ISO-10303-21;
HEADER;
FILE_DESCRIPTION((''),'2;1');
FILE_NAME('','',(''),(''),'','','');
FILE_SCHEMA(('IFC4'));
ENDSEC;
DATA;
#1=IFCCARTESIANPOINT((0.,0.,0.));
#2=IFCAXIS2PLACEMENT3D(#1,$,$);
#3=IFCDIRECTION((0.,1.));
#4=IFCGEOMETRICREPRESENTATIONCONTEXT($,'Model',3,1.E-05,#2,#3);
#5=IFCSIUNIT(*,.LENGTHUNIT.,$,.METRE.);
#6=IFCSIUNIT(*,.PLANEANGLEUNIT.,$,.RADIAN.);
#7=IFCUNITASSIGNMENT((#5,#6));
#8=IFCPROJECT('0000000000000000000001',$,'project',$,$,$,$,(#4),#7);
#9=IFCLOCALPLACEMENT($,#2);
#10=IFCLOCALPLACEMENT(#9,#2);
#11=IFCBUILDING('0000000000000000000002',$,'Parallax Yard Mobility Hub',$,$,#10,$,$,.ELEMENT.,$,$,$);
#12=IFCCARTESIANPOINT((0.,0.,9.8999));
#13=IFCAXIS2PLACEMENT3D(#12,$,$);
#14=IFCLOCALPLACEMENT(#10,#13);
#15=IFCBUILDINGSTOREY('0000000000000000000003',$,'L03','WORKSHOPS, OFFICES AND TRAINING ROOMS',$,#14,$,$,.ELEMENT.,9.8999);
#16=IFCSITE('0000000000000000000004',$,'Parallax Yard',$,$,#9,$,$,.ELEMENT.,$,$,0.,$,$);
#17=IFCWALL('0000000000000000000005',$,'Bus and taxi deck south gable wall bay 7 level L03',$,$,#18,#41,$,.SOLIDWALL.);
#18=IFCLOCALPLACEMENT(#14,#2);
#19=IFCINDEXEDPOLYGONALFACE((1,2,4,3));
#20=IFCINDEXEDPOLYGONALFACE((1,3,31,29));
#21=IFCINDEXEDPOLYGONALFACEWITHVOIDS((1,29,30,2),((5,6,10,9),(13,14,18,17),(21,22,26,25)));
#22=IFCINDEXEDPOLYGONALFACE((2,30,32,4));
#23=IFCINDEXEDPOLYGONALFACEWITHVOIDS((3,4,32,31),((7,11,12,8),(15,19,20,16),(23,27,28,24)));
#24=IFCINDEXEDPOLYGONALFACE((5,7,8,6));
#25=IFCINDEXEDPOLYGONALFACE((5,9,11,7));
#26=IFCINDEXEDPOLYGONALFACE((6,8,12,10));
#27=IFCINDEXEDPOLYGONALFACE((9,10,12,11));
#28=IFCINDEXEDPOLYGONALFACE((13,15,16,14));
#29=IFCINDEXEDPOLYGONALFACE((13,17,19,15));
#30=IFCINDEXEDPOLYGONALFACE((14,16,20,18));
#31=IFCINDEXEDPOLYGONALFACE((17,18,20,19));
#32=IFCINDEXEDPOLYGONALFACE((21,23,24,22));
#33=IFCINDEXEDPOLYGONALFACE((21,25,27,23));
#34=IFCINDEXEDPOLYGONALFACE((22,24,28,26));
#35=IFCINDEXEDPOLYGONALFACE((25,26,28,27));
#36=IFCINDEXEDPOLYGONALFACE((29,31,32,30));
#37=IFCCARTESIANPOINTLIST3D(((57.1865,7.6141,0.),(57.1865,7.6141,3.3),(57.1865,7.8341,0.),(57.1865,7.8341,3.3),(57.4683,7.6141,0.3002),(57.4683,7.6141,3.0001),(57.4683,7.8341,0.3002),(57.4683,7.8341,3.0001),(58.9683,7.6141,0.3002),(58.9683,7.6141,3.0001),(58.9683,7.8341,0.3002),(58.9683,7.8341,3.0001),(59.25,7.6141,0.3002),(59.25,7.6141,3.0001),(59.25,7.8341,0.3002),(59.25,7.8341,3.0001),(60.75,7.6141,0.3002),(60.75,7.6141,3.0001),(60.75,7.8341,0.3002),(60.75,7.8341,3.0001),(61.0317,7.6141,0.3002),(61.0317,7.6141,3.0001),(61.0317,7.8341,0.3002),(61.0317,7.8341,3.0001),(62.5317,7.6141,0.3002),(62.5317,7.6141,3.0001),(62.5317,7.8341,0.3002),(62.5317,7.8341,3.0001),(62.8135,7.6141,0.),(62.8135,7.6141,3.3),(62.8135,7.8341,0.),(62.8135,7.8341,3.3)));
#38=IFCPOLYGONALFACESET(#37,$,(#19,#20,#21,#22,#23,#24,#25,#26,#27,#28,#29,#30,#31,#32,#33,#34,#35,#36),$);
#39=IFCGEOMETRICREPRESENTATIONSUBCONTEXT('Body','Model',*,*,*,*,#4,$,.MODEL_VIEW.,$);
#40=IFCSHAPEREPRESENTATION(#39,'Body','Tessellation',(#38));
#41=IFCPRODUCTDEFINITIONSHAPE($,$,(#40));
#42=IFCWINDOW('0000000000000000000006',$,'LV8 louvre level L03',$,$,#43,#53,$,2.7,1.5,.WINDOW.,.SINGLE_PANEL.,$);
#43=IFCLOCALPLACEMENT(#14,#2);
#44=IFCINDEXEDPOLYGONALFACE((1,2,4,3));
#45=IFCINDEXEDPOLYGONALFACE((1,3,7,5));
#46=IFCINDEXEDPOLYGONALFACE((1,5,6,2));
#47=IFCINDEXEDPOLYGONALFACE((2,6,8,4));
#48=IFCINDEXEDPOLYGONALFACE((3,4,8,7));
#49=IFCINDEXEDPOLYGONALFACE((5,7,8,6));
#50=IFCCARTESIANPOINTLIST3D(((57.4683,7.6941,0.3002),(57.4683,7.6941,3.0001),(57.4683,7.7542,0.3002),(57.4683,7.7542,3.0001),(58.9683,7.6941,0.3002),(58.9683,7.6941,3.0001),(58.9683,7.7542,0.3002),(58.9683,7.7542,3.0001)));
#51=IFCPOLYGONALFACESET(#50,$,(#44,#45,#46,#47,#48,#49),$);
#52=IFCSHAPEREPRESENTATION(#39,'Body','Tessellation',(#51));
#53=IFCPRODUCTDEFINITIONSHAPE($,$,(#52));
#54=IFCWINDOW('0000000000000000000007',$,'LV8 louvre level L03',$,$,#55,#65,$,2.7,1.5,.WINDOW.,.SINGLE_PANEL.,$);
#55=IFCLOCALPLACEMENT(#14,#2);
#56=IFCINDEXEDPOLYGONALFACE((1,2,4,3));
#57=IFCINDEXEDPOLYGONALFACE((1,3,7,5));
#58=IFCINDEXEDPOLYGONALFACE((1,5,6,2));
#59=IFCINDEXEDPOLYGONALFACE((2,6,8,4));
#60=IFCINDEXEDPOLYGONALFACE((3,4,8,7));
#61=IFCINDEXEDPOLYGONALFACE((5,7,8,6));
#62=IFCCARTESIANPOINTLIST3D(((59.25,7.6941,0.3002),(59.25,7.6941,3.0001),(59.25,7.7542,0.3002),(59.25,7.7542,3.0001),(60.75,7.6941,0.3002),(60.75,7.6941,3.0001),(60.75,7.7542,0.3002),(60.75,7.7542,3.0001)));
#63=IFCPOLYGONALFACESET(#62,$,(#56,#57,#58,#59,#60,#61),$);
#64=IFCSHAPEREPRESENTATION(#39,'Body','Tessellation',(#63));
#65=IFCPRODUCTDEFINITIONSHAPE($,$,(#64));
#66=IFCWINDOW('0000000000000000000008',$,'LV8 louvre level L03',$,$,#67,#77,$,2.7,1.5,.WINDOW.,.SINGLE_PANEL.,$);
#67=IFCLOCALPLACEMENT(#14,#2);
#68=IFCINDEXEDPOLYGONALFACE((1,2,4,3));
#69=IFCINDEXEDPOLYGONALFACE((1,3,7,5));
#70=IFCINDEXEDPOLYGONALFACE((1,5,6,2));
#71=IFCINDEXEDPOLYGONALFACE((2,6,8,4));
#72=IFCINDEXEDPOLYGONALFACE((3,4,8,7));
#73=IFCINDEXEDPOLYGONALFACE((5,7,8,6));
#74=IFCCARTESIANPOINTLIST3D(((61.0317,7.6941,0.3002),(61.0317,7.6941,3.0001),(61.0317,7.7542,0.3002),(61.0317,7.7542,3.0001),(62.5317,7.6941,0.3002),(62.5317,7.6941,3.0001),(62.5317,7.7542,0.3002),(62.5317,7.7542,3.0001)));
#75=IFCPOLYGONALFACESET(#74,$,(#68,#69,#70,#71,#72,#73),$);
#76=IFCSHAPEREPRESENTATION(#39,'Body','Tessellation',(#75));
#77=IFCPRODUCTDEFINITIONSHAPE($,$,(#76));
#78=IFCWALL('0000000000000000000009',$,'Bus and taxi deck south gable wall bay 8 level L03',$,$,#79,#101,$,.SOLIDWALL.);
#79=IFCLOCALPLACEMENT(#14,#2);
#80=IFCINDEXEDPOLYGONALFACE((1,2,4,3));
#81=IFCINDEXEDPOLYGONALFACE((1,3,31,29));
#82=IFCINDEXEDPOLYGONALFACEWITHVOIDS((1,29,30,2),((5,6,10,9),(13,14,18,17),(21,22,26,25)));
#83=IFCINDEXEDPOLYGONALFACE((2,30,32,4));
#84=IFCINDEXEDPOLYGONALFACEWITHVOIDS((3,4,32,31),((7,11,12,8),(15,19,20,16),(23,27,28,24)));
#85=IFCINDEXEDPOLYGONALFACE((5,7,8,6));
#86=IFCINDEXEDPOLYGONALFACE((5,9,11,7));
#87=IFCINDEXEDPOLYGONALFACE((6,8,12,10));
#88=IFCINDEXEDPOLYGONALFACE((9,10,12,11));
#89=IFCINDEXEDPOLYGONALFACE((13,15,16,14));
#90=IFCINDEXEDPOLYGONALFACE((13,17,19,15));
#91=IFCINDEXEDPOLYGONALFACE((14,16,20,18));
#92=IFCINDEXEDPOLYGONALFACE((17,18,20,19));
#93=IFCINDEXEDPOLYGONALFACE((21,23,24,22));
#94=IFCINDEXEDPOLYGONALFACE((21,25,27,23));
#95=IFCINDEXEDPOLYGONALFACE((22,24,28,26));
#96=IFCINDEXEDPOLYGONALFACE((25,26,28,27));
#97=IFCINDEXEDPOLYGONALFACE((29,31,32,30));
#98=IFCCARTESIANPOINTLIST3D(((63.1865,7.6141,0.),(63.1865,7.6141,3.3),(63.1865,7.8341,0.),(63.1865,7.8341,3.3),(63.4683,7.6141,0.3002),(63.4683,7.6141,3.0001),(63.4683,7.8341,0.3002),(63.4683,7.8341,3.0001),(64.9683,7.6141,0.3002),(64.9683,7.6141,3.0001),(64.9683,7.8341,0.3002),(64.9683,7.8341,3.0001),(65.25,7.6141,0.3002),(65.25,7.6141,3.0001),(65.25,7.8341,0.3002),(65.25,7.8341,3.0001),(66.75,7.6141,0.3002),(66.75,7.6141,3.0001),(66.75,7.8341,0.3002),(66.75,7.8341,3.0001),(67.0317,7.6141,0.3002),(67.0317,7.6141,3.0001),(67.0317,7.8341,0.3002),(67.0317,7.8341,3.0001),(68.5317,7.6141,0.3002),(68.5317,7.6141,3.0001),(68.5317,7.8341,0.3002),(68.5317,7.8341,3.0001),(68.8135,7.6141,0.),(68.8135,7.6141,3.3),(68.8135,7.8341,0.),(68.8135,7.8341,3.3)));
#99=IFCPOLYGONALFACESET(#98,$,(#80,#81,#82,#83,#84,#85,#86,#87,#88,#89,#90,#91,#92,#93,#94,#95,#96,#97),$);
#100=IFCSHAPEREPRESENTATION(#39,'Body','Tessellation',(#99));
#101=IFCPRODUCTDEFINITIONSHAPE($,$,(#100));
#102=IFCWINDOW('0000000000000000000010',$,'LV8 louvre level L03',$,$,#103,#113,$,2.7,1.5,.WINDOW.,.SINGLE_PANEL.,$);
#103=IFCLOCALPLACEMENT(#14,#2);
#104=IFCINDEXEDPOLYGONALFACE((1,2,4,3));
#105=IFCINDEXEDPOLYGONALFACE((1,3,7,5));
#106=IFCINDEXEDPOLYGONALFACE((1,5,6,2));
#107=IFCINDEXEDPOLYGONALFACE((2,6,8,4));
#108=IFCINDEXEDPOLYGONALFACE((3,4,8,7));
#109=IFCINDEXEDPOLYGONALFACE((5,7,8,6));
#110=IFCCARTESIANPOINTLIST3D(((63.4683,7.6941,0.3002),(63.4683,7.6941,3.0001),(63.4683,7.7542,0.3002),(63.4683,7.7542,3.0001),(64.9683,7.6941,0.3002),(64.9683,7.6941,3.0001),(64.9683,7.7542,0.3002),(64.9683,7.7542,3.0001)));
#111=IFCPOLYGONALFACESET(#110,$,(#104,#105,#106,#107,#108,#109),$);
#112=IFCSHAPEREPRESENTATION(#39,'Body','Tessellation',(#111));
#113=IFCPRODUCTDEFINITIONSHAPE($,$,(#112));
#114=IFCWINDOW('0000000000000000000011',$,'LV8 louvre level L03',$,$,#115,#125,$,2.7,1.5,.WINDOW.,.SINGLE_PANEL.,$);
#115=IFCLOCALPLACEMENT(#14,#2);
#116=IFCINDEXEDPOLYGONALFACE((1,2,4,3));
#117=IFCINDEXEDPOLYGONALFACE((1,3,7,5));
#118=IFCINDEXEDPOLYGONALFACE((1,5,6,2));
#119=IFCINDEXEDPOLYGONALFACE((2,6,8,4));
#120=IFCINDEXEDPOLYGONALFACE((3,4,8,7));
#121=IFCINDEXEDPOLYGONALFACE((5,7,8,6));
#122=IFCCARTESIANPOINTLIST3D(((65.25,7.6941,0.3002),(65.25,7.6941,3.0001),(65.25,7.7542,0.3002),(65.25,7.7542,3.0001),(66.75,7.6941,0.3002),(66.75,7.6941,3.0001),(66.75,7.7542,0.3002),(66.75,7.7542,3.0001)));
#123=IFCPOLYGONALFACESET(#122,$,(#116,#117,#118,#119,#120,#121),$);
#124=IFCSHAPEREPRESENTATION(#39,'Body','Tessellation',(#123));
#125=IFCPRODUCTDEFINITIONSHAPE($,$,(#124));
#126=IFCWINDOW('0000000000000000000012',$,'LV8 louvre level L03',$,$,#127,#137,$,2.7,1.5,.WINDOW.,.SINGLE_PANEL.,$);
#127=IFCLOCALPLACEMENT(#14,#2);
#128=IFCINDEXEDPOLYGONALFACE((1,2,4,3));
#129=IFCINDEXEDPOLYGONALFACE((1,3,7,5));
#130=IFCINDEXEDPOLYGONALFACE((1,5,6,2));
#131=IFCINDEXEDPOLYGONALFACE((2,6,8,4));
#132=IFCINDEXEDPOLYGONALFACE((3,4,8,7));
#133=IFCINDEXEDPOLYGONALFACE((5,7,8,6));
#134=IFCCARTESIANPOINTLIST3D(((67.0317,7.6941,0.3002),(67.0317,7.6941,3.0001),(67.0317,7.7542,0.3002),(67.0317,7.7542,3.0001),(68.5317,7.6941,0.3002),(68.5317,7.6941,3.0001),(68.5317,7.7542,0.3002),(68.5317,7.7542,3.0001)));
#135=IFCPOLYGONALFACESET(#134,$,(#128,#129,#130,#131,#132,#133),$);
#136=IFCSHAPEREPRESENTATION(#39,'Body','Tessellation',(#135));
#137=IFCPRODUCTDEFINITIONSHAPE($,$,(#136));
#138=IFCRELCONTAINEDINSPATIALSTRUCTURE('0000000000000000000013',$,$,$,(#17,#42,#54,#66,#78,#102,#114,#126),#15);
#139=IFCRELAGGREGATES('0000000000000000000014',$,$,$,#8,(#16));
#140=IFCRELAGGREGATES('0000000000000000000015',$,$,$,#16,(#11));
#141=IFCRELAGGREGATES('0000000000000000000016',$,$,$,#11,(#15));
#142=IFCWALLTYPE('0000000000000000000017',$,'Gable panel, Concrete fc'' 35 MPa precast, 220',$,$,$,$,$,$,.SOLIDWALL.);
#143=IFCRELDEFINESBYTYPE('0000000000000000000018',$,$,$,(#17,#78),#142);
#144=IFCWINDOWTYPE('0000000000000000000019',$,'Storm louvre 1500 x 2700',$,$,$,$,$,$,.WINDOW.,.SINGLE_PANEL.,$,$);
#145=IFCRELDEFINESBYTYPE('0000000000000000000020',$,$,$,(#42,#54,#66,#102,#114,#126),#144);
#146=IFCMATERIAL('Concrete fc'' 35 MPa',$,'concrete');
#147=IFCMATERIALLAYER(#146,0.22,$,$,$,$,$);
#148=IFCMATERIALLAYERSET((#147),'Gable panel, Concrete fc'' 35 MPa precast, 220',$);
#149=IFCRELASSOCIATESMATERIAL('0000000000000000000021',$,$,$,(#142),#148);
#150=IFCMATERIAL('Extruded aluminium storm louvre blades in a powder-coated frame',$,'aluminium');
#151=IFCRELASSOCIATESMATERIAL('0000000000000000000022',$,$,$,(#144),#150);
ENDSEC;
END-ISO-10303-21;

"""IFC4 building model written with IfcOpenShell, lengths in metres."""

from ifc_helpers import new_model, si_unit, direction, frame, frame_2d, origin, place, context, subcontext, project, spatial, rectangle, extrude, material, layer, layer_set, type_object, element, fill, save


model = new_model("IFC4")

# Units and contexts
model_context = context("Model", 3, precision=1e-05, world=origin(), true_north=direction((0.0, 1.0)))
body_context = subcontext(model_context, "Body", "Model", "MODEL_VIEW")
ifc_project = project(units=[si_unit("LENGTHUNIT", "METRE"), si_unit("PLANEANGLEUNIT", "RADIAN")], contexts=[model_context])

# Site, building, storey
site_placement = place(None, origin())
site = spatial("IfcSite", under=ifc_project, at=site_placement, Name="Parallax Yard", CompositionType="ELEMENT", RefElevation=0.0)
building_placement = place(site_placement, origin())
building = spatial("IfcBuilding", under=site, at=building_placement, Name="Parallax Yard Mobility Hub", CompositionType="ELEMENT")
storey_placement = place(building_placement, frame((0.0, 0.0, 9.8999)))
storey = spatial("IfcBuildingStorey", under=building, at=storey_placement, Name="L03", Description="WORKSHOPS, OFFICES AND TRAINING ROOMS", CompositionType="ELEMENT", Elevation=9.8999)

# Walls, openings, windows
ifc_material_1 = material(Name="Concrete fc' 35 MPa", Category="concrete")
ifc_layer_1 = layer(ifc_material_1, 0.22)
ifc_layer_set_1 = layer_set([ifc_layer_1], Name="Gable panel, Concrete fc' 35 MPa precast, 220")
wall_type = type_object("IfcWallType", Name="Gable panel, Concrete fc' 35 MPa precast, 220", PredefinedType="SOLIDWALL", material=ifc_layer_set_1)
ifc_material_2 = material(Name="Extruded aluminium storm louvre blades in a powder-coated frame", Category="aluminium")
window_type = type_object("IfcWindowType", Name="Storm louvre 1500 x 2700", PartitioningType="SINGLE_PANEL", PredefinedType="WINDOW", material=ifc_material_2)
wall_1_placement = place(storey_placement, frame((57.1865, 7.7241, 0.0), z_axis=(0.0, 0.0, 1.0), x_axis=(1.0, 0.0, 0.0)))
wall_1 = element("IfcWall", 1, at=wall_1_placement, inside=storey, type_object=wall_type, Name="Bus and taxi deck south gable wall bay 7 level L03", PredefinedType="SOLIDWALL", context=body_context, shape_type="SweptSolid", body=[
    extrude(rectangle(XDim=5.627, YDim=0.22, at=frame_2d((2.8135, 0.0))), origin(), (0.0, 0.0, 1.0), 3.3),
])
opening_1_placement = place(wall_1_placement, frame((0.2817, 0.0, 0.3)))
opening_1 = element("IfcOpeningElement", 2, at=opening_1_placement, cuts=wall_1, PredefinedType="OPENING", context=body_context, shape_type="SweptSolid", body=[
    extrude(rectangle(XDim=1.5, YDim=2.7, at=frame_2d((0.75, 1.3501))), frame((0.0, 0.1201, 0.0), z_axis=(0.0, -1.0, 0.0), x_axis=(1.0, 0.0, 0.0)), (0.0, 0.0, 1.0), 0.24),
])
opening_2_placement = place(wall_1_placement, frame((2.0635, 0.0, 0.3)))
opening_2 = element("IfcOpeningElement", 3, at=opening_2_placement, cuts=wall_1, PredefinedType="OPENING", context=body_context, shape_type="SweptSolid", body=[
    extrude(rectangle(XDim=1.5, YDim=2.7, at=frame_2d((0.75, 1.3501))), frame((0.0, 0.1201, 0.0), z_axis=(0.0, -1.0, 0.0), x_axis=(1.0, 0.0, 0.0)), (0.0, 0.0, 1.0), 0.24),
])
opening_3_placement = place(wall_1_placement, frame((3.8452, 0.0, 0.3)))
opening_3 = element("IfcOpeningElement", 4, at=opening_3_placement, cuts=wall_1, PredefinedType="OPENING", context=body_context, shape_type="SweptSolid", body=[
    extrude(rectangle(XDim=1.5, YDim=2.7, at=frame_2d((0.75, 1.3501))), frame((0.0, 0.1201, 0.0), z_axis=(0.0, -1.0, 0.0), x_axis=(1.0, 0.0, 0.0)), (0.0, 0.0, 1.0), 0.24),
])
window_1_placement = place(opening_1_placement, origin())
window_1 = element("IfcWindow", 5, at=window_1_placement, inside=storey, type_object=window_type, Name="LV8 louvre level L03", OverallHeight=2.7, OverallWidth=1.5, PartitioningType="SINGLE_PANEL", PredefinedType="WINDOW", context=body_context, shape_type="SweptSolid", body=[
    extrude(rectangle(XDim=1.5, YDim=2.7, at=frame_2d((0.75, 1.3501))), frame((0.0, 0.03, 0.0), z_axis=(0.0, -1.0, 0.0), x_axis=(1.0, 0.0, 0.0)), (0.0, 0.0, 1.0), 0.0601),
])
fill(opening_1, window_1)
window_2_placement = place(opening_2_placement, origin())
window_2 = element("IfcWindow", 6, at=window_2_placement, inside=storey, type_object=window_type, Name="LV8 louvre level L03", OverallHeight=2.7, OverallWidth=1.5, PartitioningType="SINGLE_PANEL", PredefinedType="WINDOW", context=body_context, shape_type="SweptSolid", body=[
    extrude(rectangle(XDim=1.5, YDim=2.7, at=frame_2d((0.75, 1.3501))), frame((0.0, 0.03, 0.0), z_axis=(0.0, -1.0, 0.0), x_axis=(1.0, 0.0, 0.0)), (0.0, 0.0, 1.0), 0.0601),
])
fill(opening_2, window_2)
window_3_placement = place(opening_3_placement, origin())
window_3 = element("IfcWindow", 7, at=window_3_placement, inside=storey, type_object=window_type, Name="LV8 louvre level L03", OverallHeight=2.7, OverallWidth=1.5, PartitioningType="SINGLE_PANEL", PredefinedType="WINDOW", context=body_context, shape_type="SweptSolid", body=[
    extrude(rectangle(XDim=1.5, YDim=2.7, at=frame_2d((0.75, 1.3501))), frame((0.0, 0.03, 0.0), z_axis=(0.0, -1.0, 0.0), x_axis=(1.0, 0.0, 0.0)), (0.0, 0.0, 1.0), 0.0601),
])
fill(opening_3, window_3)
wall_2_placement = place(storey_placement, frame((63.1865, 7.7241, 0.0), z_axis=(0.0, 0.0, 1.0), x_axis=(1.0, 0.0, 0.0)))
wall_2 = element("IfcWall", 8, at=wall_2_placement, inside=storey, type_object=wall_type, Name="Bus and taxi deck south gable wall bay 8 level L03", PredefinedType="SOLIDWALL", context=body_context, shape_type="SweptSolid", body=[
    extrude(rectangle(XDim=5.627, YDim=0.22, at=frame_2d((2.8135, 0.0))), origin(), (0.0, 0.0, 1.0), 3.3),
])
opening_4_placement = place(wall_2_placement, frame((0.2817, 0.0, 0.3)))
opening_4 = element("IfcOpeningElement", 9, at=opening_4_placement, cuts=wall_2, PredefinedType="OPENING", context=body_context, shape_type="SweptSolid", body=[
    extrude(rectangle(XDim=1.5, YDim=2.7, at=frame_2d((0.75, 1.3501))), frame((0.0, 0.1201, 0.0), z_axis=(0.0, -1.0, 0.0), x_axis=(1.0, 0.0, 0.0)), (0.0, 0.0, 1.0), 0.24),
])
opening_5_placement = place(wall_2_placement, frame((2.0635, 0.0, 0.3)))
opening_5 = element("IfcOpeningElement", 10, at=opening_5_placement, cuts=wall_2, PredefinedType="OPENING", context=body_context, shape_type="SweptSolid", body=[
    extrude(rectangle(XDim=1.5, YDim=2.7, at=frame_2d((0.75, 1.3501))), frame((0.0, 0.1201, 0.0), z_axis=(0.0, -1.0, 0.0), x_axis=(1.0, 0.0, 0.0)), (0.0, 0.0, 1.0), 0.24),
])
opening_6_placement = place(wall_2_placement, frame((3.8452, 0.0, 0.3)))
opening_6 = element("IfcOpeningElement", 11, at=opening_6_placement, cuts=wall_2, PredefinedType="OPENING", context=body_context, shape_type="SweptSolid", body=[
    extrude(rectangle(XDim=1.5, YDim=2.7, at=frame_2d((0.75, 1.3501))), frame((0.0, 0.1201, 0.0), z_axis=(0.0, -1.0, 0.0), x_axis=(1.0, 0.0, 0.0)), (0.0, 0.0, 1.0), 0.24),
])
window_4_placement = place(opening_4_placement, origin())
window_4 = element("IfcWindow", 12, at=window_4_placement, inside=storey, type_object=window_type, Name="LV8 louvre level L03", OverallHeight=2.7, OverallWidth=1.5, PartitioningType="SINGLE_PANEL", PredefinedType="WINDOW", context=body_context, shape_type="SweptSolid", body=[
    extrude(rectangle(XDim=1.5, YDim=2.7, at=frame_2d((0.75, 1.3501))), frame((0.0, 0.03, 0.0), z_axis=(0.0, -1.0, 0.0), x_axis=(1.0, 0.0, 0.0)), (0.0, 0.0, 1.0), 0.0601),
])
fill(opening_4, window_4)
window_5_placement = place(opening_5_placement, origin())
window_5 = element("IfcWindow", 13, at=window_5_placement, inside=storey, type_object=window_type, Name="LV8 louvre level L03", OverallHeight=2.7, OverallWidth=1.5, PartitioningType="SINGLE_PANEL", PredefinedType="WINDOW", context=body_context, shape_type="SweptSolid", body=[
    extrude(rectangle(XDim=1.5, YDim=2.7, at=frame_2d((0.75, 1.3501))), frame((0.0, 0.03, 0.0), z_axis=(0.0, -1.0, 0.0), x_axis=(1.0, 0.0, 0.0)), (0.0, 0.0, 1.0), 0.0601),
])
fill(opening_5, window_5)
window_6_placement = place(opening_6_placement, origin())
window_6 = element("IfcWindow", 14, at=window_6_placement, inside=storey, type_object=window_type, Name="LV8 louvre level L03", OverallHeight=2.7, OverallWidth=1.5, PartitioningType="SINGLE_PANEL", PredefinedType="WINDOW", context=body_context, shape_type="SweptSolid", body=[
    extrude(rectangle(XDim=1.5, YDim=2.7, at=frame_2d((0.75, 1.3501))), frame((0.0, 0.03, 0.0), z_axis=(0.0, -1.0, 0.0), x_axis=(1.0, 0.0, 0.0)), (0.0, 0.0, 1.0), 0.0601),
])
fill(opening_6, window_6)

save(model, "model.ifc")
